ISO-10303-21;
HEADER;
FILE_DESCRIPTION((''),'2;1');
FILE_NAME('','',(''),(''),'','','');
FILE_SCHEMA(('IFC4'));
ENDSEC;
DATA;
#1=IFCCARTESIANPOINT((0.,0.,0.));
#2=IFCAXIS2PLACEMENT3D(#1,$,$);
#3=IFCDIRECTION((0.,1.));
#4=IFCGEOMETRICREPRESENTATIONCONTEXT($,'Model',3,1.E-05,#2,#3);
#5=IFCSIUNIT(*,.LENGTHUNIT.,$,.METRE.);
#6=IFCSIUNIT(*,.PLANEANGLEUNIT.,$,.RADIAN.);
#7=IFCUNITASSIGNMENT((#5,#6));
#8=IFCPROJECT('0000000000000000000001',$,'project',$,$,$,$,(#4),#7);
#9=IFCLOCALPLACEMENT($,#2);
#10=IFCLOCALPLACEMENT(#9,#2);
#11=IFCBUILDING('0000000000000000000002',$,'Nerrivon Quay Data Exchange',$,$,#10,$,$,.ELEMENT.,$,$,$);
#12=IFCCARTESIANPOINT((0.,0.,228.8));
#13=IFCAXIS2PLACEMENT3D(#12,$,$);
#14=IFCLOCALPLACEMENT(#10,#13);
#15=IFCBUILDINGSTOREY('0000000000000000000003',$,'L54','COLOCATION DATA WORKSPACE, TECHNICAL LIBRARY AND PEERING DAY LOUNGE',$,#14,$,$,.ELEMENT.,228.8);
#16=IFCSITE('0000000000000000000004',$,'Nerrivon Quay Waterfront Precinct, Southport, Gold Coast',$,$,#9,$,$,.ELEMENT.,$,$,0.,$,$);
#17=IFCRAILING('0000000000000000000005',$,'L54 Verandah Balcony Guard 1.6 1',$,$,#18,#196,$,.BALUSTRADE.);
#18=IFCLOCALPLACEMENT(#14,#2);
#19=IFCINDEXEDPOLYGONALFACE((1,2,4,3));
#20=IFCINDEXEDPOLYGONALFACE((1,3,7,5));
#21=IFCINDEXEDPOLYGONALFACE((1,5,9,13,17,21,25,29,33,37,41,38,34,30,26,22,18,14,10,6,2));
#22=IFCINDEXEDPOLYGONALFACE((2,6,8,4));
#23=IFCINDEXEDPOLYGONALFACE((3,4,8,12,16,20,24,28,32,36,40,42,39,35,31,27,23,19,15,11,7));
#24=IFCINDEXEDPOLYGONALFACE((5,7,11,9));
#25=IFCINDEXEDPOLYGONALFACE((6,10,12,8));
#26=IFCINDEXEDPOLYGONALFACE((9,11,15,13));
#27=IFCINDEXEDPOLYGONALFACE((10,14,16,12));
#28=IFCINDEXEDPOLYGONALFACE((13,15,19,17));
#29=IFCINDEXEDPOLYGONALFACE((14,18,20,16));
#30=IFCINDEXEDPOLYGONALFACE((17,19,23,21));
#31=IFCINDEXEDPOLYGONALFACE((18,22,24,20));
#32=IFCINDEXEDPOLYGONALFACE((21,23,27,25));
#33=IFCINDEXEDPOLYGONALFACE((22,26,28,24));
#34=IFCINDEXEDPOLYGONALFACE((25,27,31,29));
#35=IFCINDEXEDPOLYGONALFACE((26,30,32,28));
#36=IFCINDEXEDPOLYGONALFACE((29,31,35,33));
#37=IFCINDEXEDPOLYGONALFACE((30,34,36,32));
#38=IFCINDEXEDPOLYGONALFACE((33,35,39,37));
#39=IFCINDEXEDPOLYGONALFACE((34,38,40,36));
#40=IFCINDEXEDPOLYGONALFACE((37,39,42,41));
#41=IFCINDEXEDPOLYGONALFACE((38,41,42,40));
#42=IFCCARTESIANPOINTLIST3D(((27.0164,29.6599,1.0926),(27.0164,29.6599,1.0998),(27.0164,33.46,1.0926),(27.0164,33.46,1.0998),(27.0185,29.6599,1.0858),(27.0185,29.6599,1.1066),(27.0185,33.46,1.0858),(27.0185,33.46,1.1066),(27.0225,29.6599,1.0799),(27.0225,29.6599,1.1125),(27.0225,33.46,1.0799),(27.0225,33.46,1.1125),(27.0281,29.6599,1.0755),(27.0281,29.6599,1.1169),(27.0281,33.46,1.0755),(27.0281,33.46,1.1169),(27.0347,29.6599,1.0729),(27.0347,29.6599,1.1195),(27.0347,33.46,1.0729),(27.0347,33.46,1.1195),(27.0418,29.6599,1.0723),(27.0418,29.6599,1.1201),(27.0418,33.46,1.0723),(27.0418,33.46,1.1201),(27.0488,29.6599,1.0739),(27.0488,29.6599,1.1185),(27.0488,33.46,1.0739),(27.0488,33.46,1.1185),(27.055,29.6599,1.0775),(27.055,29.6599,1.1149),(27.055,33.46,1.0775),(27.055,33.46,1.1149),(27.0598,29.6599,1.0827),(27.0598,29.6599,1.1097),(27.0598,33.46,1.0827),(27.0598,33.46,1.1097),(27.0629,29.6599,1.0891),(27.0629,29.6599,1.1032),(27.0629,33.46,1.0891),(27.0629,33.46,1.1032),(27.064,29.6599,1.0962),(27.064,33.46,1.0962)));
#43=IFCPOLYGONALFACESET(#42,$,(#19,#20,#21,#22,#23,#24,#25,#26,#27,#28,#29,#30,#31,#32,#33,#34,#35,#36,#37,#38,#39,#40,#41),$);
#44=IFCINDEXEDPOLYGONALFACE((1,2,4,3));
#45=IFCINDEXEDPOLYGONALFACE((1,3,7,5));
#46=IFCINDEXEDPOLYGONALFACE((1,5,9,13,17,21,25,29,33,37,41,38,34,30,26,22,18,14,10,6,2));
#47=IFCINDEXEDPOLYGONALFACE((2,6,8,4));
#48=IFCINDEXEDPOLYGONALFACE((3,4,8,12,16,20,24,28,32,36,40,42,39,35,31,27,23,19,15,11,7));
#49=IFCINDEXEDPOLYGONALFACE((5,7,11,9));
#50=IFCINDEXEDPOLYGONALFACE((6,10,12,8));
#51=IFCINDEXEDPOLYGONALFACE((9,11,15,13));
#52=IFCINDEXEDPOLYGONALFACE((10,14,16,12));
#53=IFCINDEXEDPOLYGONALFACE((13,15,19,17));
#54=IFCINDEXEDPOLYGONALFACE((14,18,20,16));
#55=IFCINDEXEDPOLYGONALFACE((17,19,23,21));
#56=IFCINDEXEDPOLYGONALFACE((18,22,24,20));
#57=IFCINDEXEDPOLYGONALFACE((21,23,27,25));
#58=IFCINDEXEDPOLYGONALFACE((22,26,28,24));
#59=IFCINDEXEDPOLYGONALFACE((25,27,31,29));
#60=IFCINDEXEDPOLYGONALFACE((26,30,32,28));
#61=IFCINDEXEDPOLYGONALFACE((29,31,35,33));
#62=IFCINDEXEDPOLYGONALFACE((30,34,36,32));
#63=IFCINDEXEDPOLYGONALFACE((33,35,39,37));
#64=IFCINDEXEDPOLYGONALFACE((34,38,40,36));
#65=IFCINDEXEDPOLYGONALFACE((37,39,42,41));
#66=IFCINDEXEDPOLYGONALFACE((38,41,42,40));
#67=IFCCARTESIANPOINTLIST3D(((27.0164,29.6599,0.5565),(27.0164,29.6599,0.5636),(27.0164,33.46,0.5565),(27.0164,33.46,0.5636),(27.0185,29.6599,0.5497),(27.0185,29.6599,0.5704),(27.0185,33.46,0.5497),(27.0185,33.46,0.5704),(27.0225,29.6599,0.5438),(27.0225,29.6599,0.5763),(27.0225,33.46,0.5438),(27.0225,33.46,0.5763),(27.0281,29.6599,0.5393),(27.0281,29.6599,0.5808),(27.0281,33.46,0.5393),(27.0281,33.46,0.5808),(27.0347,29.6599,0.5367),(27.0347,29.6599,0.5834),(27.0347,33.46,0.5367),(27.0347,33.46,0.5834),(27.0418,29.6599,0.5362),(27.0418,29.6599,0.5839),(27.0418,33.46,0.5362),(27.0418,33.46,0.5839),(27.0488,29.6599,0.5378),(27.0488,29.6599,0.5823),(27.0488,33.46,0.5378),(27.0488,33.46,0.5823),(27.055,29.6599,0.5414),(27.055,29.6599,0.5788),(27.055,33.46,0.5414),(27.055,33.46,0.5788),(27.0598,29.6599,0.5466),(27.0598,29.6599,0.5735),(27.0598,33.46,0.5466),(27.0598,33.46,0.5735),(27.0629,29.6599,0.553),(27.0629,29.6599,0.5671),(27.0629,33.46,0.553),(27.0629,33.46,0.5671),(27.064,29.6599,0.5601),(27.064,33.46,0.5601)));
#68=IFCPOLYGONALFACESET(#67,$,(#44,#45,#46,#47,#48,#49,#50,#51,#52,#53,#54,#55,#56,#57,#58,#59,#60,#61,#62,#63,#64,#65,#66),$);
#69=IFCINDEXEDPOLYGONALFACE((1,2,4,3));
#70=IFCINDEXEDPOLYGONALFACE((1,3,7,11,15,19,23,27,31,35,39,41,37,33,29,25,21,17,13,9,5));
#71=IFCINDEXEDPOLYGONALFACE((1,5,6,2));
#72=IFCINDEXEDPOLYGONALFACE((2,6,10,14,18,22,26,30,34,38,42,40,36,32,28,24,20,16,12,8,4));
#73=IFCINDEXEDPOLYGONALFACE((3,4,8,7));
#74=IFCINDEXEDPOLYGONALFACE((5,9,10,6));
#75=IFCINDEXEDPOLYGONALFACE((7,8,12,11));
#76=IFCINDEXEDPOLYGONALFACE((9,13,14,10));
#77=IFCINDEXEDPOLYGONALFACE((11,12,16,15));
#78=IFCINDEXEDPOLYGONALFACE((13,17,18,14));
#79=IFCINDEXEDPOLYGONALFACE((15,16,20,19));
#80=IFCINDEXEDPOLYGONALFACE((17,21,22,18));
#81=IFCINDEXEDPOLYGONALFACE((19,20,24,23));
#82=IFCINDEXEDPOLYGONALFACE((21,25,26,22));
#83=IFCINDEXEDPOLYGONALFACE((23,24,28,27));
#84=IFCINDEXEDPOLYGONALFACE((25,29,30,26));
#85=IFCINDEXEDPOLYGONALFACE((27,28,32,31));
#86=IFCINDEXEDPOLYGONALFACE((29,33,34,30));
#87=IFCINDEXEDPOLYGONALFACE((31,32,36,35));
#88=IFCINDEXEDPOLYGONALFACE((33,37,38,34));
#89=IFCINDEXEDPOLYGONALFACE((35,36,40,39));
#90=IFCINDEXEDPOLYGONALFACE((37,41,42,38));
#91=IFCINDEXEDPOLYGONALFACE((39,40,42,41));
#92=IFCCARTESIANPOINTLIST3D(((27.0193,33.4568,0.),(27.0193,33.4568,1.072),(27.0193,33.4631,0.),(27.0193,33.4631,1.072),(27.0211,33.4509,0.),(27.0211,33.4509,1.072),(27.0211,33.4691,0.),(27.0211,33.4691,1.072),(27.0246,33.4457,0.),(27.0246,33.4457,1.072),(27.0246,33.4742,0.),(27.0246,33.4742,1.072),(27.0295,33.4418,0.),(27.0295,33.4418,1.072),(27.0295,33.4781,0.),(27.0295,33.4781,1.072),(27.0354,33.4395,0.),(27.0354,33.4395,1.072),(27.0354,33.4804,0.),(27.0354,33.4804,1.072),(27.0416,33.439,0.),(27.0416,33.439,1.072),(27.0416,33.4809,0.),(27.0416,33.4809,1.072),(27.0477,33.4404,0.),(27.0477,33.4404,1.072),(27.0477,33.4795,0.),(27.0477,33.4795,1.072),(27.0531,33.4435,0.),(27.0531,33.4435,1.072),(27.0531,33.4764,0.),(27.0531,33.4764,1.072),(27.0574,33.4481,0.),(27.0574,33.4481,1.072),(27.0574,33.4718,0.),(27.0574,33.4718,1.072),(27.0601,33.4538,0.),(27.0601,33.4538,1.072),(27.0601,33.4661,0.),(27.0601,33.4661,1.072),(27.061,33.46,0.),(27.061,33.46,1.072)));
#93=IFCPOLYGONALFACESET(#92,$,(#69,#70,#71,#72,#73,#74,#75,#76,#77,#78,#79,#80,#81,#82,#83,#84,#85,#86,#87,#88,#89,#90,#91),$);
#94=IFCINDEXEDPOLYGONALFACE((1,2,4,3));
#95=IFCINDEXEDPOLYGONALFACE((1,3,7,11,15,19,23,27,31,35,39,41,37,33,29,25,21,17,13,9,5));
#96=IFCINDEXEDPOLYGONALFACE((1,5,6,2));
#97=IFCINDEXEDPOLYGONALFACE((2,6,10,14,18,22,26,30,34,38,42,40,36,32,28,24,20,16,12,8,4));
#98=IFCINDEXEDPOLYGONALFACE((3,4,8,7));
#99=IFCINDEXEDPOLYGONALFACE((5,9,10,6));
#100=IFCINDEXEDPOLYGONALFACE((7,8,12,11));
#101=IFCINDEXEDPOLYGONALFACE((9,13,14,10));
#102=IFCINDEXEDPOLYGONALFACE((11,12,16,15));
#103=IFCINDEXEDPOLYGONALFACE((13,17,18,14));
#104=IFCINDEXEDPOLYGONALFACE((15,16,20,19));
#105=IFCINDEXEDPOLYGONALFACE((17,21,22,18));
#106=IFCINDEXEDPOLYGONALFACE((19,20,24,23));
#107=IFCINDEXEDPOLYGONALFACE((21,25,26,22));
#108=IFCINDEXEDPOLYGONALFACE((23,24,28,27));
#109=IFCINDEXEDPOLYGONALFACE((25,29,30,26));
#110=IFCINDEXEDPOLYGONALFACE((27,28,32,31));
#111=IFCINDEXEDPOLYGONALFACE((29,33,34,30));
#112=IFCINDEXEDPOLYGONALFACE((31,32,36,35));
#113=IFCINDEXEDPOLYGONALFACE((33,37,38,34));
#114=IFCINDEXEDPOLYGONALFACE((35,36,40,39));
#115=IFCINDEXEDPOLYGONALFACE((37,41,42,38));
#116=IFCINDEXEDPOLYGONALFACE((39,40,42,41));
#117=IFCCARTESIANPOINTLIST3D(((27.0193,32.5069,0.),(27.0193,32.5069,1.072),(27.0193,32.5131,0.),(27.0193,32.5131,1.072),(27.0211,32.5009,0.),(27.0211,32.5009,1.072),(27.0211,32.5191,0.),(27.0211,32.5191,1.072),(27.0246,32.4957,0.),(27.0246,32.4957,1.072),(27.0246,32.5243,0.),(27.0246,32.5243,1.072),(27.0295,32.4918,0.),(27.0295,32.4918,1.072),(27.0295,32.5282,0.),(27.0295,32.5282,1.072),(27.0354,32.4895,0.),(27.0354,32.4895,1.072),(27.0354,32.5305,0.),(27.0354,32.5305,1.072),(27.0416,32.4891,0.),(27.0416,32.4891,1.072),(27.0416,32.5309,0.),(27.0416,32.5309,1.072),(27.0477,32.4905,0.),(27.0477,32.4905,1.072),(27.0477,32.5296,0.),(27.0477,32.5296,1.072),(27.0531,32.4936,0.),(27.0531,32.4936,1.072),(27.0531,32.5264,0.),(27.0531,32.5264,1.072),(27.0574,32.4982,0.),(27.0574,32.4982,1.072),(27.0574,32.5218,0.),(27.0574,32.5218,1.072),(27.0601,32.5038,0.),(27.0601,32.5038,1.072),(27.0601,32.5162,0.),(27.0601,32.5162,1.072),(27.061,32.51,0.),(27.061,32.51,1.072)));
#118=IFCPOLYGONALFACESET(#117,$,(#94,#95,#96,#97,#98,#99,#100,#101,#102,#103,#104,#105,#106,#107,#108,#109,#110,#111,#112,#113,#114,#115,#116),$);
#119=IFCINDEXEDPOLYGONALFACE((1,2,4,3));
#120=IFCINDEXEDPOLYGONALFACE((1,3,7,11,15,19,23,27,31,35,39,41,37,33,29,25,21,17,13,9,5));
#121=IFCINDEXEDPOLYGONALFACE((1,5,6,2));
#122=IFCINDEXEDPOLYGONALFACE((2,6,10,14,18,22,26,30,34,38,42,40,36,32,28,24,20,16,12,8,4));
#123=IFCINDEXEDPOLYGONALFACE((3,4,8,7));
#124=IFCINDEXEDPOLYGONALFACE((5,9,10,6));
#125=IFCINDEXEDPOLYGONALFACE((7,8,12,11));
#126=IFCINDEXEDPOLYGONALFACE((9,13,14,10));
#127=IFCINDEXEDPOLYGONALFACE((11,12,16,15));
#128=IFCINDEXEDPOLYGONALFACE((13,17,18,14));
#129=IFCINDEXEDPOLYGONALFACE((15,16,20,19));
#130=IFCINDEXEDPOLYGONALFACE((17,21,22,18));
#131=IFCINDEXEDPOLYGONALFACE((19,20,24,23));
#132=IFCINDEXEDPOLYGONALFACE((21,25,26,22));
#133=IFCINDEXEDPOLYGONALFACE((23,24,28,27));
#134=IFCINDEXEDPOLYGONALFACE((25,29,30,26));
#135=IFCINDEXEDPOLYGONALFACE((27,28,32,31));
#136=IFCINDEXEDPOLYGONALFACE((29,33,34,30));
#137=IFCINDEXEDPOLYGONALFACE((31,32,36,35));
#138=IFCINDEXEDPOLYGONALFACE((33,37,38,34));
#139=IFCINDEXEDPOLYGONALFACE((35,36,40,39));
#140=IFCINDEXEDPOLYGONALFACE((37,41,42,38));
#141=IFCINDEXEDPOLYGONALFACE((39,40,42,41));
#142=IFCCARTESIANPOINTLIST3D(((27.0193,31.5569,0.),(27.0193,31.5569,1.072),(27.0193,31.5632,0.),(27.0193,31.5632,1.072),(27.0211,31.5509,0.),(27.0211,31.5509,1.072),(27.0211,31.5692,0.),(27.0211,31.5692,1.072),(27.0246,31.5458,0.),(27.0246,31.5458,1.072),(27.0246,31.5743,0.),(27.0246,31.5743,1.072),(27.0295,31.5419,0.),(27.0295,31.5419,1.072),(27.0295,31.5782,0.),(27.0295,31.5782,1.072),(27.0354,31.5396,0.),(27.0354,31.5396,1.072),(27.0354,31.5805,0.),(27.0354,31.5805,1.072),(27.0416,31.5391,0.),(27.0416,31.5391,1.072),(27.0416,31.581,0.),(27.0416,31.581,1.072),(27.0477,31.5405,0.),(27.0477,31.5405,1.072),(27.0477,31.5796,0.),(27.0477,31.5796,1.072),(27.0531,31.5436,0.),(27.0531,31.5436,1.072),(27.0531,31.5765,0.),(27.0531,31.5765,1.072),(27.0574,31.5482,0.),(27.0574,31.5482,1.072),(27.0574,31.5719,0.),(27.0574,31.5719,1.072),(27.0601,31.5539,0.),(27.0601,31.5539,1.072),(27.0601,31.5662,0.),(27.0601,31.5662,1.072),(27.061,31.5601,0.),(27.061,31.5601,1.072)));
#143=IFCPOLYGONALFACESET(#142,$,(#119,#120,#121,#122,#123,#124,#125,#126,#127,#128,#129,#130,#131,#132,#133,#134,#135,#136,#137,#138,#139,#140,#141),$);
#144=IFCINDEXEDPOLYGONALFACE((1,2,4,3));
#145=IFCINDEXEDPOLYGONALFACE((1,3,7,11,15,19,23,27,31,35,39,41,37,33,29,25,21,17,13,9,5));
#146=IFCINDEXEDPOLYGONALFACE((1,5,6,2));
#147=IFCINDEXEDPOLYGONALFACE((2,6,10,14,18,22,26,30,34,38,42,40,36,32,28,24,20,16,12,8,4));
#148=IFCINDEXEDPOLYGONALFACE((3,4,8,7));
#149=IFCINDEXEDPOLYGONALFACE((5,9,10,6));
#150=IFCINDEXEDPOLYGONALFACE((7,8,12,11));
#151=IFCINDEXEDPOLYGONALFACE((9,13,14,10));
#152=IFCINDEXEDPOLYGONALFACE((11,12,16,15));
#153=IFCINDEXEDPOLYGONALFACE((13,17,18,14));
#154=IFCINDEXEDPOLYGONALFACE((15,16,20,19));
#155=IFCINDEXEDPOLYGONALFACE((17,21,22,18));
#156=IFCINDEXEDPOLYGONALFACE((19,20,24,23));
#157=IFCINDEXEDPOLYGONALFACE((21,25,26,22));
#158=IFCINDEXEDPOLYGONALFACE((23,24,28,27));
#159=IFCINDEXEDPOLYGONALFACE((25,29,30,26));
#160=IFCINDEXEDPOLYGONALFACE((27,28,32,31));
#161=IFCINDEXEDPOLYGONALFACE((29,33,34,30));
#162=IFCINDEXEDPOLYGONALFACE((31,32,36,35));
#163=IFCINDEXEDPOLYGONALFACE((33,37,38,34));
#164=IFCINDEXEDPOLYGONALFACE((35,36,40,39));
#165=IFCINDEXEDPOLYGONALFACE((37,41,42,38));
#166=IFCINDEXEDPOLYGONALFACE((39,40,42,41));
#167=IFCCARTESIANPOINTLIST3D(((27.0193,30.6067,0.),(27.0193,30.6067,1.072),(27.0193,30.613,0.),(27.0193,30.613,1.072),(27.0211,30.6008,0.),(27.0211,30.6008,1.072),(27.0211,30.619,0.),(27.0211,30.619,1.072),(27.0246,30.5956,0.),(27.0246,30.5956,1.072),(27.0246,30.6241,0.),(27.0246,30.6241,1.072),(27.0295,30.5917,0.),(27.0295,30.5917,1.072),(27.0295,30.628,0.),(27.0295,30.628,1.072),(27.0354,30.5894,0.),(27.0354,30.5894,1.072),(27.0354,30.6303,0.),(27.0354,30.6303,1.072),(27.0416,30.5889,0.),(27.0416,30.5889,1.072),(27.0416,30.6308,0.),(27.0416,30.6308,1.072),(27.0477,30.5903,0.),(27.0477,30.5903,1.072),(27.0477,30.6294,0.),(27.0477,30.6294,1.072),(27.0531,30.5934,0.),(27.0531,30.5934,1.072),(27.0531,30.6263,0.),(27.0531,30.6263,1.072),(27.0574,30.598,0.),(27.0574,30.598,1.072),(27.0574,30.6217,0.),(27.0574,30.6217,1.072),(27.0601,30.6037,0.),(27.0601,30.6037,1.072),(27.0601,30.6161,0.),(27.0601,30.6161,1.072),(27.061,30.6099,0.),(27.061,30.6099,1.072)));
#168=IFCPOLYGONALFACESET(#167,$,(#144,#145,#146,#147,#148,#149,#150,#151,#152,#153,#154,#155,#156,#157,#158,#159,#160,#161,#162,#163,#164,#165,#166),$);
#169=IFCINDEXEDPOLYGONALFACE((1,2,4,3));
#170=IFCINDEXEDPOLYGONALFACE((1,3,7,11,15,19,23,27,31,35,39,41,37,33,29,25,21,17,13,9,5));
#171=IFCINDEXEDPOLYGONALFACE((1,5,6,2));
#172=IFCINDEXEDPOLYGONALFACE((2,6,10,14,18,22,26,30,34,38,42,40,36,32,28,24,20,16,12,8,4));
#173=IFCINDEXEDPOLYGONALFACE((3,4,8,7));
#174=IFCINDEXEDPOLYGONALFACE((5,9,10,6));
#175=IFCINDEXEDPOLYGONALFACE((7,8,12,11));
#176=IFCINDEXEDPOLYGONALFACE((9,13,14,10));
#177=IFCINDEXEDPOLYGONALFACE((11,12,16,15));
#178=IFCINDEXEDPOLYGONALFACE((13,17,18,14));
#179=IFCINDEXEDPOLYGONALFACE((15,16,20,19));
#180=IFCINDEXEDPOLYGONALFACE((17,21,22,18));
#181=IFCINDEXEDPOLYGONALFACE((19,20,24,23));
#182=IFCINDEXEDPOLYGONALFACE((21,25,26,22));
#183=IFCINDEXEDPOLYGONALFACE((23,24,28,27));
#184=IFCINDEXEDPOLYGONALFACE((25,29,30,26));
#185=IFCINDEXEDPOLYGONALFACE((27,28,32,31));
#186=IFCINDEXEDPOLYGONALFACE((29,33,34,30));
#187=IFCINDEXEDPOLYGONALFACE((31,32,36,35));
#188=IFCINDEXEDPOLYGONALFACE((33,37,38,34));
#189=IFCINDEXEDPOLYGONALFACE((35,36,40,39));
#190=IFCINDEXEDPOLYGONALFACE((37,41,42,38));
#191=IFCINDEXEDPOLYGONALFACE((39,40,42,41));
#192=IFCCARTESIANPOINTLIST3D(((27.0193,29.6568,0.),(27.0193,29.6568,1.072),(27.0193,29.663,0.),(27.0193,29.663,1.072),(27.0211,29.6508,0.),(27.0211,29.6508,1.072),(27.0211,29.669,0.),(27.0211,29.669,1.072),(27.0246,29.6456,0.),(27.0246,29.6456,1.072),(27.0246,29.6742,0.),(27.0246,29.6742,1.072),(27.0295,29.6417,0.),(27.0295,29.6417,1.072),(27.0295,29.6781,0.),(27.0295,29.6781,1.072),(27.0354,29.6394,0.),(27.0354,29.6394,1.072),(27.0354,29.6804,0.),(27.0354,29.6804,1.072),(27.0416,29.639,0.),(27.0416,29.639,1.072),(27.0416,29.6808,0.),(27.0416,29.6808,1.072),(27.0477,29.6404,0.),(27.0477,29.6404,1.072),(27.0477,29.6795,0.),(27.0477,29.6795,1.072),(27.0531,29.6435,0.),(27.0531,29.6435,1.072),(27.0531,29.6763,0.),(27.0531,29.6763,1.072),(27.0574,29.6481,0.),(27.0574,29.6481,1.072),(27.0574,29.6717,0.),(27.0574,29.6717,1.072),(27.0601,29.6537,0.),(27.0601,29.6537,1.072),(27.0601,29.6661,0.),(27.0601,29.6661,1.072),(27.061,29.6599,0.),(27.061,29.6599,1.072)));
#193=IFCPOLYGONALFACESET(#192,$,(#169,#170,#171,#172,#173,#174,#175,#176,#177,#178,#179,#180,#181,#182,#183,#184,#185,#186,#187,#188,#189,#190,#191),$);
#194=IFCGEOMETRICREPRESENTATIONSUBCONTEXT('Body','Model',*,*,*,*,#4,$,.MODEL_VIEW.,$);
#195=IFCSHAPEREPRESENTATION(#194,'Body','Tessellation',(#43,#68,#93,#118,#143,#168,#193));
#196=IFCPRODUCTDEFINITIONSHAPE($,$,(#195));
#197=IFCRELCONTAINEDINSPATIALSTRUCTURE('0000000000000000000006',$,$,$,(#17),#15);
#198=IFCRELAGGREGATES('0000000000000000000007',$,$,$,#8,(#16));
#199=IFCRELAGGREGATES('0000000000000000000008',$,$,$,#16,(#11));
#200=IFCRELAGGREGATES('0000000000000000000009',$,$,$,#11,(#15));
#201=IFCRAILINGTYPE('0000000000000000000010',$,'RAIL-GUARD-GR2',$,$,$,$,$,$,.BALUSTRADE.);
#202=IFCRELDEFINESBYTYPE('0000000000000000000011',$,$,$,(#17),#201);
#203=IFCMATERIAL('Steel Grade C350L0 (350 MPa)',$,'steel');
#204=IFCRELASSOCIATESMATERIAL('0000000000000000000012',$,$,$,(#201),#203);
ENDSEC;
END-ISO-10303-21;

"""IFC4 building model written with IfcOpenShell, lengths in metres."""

from ifc_helpers import new_model, si_unit, direction, frame, origin, origin_2d, place, context, subcontext, project, spatial, circle, extrude, material, type_object, element, save


model = new_model("IFC4")

# Units and contexts
model_context = context("Model", 3, precision=1e-05, world=origin(), true_north=direction((0.0, 1.0)))
body_context = subcontext(model_context, "Body", "Model", "MODEL_VIEW")
ifc_project = project(units=[si_unit("LENGTHUNIT", "METRE"), si_unit("PLANEANGLEUNIT", "RADIAN")], contexts=[model_context])

# Site, building, storey
site_placement = place(None, origin())
site = spatial("IfcSite", under=ifc_project, at=site_placement, Name="Nerrivon Quay Waterfront Precinct, Southport, Gold Coast", CompositionType="ELEMENT", RefElevation=0.0)
building_placement = place(site_placement, origin())
building = spatial("IfcBuilding", under=site, at=building_placement, Name="Nerrivon Quay Data Exchange", CompositionType="ELEMENT")
storey_placement = place(building_placement, frame((0.0, 0.0, 228.8)))
storey = spatial("IfcBuildingStorey", under=building, at=storey_placement, Name="L54", Description="COLOCATION DATA WORKSPACE, TECHNICAL LIBRARY AND PEERING DAY LOUNGE", CompositionType="ELEMENT", Elevation=228.8)

# Shared definitions
ifc_material_1 = material(Name="Steel Grade C350L0 (350 MPa)", Category="steel")

# Railing
railing_type = type_object("IfcRailingType", Name="RAIL-GUARD-GR2", PredefinedType="BALUSTRADE", material=ifc_material_1)
railing_1_placement = place(storey_placement, frame((27.04, 33.46, 0.0)))
element("IfcRailing", 1, at=railing_1_placement, inside=storey, type_object=railing_type, Name="L54 Verandah Balcony Guard 1.6 1", PredefinedType="BALUSTRADE", context=body_context, shape_type="SweptSolid", body=[
    extrude(circle(Radius=0.0239, at=origin_2d()), frame((0.0, 0.0, 1.0962), z_axis=(0.0, -1.0, 0.0), x_axis=(1.0, 0.0, 0.0)), (0.0, 0.0, 1.0), 3.8),
    extrude(circle(Radius=0.0239, at=origin_2d()), frame((0.0, 0.0, 0.5601), z_axis=(0.0, -1.0, 0.0), x_axis=(1.0, 0.0, 0.0)), (0.0, 0.0, 1.0), 3.8),
    extrude(circle(Radius=0.021, at=origin_2d()), origin(), (0.0, 0.0, 1.0), 1.072),
    extrude(circle(Radius=0.021, at=origin_2d()), frame((0.0, -0.95, 0.0)), (0.0, 0.0, 1.0), 1.072),
    extrude(circle(Radius=0.021, at=origin_2d()), frame((0.0, -1.8999, 0.0)), (0.0, 0.0, 1.0), 1.072),
    extrude(circle(Radius=0.021, at=origin_2d()), frame((0.0, -2.8501, 0.0)), (0.0, 0.0, 1.0), 1.072),
    extrude(circle(Radius=0.021, at=origin_2d()), frame((0.0, -3.8, 0.0)), (0.0, 0.0, 1.0), 1.072),
])

save(model, "model.ifc")
